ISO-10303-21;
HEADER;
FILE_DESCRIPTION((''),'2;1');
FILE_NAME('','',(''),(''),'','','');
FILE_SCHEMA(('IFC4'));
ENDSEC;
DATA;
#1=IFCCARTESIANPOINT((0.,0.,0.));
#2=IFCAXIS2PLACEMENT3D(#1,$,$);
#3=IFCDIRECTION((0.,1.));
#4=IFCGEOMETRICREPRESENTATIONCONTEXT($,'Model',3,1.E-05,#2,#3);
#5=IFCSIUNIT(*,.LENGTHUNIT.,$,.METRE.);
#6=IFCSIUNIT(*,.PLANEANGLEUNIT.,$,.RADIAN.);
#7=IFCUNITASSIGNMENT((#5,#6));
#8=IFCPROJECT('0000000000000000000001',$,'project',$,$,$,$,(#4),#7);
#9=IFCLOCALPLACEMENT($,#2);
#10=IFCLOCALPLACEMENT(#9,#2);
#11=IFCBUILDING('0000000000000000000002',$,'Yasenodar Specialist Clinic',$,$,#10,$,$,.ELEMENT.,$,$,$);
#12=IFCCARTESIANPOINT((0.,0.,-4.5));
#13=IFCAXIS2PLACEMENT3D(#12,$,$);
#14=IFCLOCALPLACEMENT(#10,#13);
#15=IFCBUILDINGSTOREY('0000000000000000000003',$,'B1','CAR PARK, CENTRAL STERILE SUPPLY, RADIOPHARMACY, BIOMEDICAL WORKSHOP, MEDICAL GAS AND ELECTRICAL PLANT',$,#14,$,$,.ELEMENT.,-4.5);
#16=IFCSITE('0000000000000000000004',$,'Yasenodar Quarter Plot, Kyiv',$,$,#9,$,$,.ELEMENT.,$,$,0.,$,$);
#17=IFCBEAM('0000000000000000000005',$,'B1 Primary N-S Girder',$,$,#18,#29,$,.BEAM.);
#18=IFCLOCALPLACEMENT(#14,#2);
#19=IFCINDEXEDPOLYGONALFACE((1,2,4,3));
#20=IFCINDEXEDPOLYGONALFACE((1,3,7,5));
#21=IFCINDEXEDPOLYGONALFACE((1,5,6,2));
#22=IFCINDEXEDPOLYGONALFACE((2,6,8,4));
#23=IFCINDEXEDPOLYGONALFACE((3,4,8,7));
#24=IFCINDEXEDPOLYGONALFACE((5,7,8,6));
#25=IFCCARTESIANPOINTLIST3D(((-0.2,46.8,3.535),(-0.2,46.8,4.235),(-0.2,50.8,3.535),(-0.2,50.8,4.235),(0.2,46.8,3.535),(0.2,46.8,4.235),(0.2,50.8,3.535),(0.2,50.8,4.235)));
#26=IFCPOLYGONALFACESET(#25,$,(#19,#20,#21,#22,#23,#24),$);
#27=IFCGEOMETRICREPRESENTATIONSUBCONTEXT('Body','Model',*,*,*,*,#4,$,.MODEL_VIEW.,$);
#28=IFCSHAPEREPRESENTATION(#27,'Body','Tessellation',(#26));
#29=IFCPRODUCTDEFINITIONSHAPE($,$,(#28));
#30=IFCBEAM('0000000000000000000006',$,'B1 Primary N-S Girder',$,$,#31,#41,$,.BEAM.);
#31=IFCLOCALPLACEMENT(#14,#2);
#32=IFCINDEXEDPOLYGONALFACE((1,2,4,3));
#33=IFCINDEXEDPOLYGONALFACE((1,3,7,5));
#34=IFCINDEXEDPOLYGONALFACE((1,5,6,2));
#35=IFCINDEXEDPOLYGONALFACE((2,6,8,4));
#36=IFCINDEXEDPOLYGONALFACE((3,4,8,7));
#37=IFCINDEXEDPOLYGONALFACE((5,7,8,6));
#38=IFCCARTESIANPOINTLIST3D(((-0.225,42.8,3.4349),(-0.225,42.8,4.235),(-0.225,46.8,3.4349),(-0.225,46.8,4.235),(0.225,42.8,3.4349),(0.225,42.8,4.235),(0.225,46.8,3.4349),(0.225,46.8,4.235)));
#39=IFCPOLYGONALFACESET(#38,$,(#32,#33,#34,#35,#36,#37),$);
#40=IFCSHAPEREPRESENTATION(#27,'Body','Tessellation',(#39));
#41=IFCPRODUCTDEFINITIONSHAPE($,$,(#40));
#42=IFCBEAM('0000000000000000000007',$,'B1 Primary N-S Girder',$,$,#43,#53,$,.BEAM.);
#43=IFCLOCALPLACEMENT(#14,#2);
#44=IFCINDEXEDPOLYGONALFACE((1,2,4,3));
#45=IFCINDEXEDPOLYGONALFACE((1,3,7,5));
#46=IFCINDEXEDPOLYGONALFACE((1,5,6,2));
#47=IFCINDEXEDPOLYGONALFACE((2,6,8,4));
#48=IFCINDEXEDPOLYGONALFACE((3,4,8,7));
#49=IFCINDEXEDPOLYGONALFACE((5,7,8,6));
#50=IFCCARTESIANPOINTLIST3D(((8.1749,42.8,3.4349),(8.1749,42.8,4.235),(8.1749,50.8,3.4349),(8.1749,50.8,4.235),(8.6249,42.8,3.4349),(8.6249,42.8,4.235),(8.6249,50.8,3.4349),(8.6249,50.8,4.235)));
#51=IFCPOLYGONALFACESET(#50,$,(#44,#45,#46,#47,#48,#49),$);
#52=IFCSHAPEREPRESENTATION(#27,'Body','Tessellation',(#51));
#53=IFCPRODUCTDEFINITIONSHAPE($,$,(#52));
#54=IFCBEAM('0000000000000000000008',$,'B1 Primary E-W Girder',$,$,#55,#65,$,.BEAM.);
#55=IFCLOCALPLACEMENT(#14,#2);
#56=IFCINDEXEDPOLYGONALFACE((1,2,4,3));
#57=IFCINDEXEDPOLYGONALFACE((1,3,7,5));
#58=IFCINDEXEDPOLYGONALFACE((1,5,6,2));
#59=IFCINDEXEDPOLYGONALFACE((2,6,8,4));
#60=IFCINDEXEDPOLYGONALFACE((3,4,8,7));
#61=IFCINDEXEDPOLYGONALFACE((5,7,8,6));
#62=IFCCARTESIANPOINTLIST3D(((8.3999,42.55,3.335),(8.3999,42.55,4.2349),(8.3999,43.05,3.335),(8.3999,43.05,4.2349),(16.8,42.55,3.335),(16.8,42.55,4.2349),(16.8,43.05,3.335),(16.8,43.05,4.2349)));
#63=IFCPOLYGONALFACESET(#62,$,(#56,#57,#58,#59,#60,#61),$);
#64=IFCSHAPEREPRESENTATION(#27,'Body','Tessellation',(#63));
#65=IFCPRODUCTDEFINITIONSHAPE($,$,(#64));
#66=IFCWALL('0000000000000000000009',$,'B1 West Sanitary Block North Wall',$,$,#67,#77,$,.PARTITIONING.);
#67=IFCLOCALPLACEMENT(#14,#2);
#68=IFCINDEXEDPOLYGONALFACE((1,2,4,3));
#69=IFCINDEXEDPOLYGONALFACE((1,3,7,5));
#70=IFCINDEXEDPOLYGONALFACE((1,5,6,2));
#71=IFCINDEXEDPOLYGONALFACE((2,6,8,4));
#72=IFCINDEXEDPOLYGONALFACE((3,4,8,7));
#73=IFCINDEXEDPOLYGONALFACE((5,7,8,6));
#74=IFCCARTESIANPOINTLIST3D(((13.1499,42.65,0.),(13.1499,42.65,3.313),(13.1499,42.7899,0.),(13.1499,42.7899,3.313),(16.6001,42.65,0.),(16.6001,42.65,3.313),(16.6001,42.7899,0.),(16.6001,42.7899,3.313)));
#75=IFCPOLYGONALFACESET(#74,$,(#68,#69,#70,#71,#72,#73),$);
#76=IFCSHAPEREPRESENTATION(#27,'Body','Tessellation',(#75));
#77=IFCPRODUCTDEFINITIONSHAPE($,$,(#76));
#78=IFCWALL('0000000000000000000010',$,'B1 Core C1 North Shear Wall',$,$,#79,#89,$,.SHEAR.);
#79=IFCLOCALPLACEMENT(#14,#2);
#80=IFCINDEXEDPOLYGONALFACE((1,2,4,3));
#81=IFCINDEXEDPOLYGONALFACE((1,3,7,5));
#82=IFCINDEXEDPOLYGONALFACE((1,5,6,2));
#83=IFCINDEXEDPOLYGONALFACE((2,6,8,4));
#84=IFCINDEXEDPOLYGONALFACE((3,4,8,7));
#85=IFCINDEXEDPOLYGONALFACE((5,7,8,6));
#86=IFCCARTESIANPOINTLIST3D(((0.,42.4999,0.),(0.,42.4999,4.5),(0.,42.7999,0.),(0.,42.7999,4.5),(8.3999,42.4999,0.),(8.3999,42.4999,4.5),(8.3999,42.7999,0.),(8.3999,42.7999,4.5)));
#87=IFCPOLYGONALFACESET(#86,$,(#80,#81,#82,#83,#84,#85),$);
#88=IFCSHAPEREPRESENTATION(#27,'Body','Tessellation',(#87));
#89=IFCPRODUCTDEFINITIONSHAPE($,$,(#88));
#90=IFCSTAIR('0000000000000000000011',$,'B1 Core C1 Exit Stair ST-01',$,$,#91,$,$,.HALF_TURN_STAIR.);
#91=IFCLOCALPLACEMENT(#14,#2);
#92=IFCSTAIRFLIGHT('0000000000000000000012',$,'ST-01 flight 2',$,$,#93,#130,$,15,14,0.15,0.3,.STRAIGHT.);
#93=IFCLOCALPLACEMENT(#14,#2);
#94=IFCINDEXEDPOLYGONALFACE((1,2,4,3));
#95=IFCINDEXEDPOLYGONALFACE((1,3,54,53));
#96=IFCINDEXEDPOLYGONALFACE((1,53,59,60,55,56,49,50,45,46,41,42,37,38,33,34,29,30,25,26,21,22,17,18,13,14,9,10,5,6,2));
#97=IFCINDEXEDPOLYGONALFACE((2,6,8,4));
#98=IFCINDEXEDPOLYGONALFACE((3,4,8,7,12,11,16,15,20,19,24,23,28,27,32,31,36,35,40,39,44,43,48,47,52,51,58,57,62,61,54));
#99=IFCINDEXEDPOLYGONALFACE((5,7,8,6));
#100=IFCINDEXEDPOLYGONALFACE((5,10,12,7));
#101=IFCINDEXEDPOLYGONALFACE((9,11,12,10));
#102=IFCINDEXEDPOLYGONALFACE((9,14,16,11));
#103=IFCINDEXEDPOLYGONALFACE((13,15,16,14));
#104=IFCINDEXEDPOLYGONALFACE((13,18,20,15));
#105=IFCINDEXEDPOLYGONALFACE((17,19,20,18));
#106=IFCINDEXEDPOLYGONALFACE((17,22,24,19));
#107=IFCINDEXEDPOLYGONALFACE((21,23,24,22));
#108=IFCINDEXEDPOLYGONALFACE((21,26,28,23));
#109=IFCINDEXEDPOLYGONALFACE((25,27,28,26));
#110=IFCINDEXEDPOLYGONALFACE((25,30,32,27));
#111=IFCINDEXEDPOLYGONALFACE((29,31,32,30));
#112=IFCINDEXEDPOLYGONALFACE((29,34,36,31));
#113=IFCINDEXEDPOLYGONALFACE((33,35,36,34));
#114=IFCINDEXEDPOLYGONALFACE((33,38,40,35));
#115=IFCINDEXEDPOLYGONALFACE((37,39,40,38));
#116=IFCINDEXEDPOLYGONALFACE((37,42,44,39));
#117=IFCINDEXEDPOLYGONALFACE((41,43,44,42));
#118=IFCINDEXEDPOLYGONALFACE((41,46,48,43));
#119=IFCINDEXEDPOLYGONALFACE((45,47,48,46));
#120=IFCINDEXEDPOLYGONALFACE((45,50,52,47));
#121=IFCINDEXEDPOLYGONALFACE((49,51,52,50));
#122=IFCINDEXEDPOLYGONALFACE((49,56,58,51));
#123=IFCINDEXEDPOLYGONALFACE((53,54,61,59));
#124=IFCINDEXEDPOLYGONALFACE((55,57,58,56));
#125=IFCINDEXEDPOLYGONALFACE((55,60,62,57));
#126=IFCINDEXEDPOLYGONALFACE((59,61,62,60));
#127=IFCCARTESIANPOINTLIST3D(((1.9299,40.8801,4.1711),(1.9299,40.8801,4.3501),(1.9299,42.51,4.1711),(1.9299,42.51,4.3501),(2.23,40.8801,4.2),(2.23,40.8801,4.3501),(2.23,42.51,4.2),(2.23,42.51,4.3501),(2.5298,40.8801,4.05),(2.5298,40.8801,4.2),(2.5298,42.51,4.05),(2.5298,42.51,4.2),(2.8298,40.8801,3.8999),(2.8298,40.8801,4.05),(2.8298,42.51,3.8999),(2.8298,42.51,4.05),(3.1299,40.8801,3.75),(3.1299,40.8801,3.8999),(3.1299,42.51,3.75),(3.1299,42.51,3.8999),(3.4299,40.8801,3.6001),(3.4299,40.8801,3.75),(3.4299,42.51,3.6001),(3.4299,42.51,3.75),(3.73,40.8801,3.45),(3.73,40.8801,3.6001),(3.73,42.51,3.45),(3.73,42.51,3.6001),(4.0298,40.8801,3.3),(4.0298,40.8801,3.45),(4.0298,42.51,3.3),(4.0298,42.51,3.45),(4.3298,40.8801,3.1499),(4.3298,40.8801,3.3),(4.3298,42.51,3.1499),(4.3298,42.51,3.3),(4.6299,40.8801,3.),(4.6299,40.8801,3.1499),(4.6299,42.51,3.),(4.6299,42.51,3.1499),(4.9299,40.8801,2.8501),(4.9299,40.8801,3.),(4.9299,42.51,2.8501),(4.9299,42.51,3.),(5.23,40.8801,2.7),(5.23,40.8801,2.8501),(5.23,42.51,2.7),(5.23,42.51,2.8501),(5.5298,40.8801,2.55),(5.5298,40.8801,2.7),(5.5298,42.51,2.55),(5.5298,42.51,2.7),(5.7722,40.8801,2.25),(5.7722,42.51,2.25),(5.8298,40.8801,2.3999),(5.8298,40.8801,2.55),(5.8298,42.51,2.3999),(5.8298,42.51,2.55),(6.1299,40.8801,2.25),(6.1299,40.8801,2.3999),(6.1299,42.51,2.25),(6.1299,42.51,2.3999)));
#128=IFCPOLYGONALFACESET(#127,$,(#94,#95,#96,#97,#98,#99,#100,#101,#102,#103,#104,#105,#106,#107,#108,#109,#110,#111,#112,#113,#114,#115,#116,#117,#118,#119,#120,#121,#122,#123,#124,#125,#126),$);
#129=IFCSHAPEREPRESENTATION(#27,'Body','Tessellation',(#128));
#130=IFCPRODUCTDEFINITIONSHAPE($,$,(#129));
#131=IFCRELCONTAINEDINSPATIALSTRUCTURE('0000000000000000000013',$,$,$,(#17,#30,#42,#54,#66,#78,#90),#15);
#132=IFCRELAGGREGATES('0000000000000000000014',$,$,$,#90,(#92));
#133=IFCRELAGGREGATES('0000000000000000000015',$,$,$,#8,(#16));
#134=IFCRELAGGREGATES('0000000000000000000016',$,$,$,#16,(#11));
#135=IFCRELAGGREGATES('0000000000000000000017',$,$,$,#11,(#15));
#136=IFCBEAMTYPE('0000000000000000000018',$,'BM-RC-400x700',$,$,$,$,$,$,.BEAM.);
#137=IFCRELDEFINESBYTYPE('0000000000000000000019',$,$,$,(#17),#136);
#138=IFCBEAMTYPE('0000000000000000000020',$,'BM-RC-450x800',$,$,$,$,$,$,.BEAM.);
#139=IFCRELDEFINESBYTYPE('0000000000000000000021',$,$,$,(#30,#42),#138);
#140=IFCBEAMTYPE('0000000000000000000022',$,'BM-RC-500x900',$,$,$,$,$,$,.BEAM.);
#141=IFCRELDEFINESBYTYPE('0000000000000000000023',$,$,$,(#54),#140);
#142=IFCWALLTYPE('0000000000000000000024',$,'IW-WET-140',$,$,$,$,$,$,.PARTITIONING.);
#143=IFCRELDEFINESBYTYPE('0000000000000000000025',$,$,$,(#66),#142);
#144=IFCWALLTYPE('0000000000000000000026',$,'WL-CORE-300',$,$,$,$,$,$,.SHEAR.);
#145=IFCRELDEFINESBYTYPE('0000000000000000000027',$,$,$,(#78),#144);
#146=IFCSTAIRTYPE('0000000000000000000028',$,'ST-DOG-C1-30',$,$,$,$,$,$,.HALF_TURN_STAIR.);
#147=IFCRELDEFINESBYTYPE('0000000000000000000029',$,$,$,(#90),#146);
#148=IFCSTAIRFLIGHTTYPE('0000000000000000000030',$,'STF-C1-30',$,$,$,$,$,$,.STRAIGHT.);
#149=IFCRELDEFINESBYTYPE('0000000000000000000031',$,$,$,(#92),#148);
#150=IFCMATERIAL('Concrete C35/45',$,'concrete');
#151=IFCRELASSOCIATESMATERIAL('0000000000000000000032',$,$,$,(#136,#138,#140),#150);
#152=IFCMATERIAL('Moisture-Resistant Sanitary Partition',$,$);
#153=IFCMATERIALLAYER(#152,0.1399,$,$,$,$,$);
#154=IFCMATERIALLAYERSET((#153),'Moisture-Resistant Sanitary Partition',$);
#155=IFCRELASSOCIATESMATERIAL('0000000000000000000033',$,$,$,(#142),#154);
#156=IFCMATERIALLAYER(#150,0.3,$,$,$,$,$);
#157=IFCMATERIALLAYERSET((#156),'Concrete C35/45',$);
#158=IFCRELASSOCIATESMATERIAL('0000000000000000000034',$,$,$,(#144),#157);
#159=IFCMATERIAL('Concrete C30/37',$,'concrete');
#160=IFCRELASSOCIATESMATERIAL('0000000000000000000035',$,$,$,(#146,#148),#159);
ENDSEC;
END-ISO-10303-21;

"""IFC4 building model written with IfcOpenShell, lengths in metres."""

from ifc_helpers import new_model, si_unit, direction, frame, frame_2d, origin, origin_2d, place, context, subcontext, project, spatial, polyline, rectangle, outline, extrude, material, layer, layer_set, material_profile, profile_set, type_object, element, aggregate, save


model = new_model("IFC4")

# Units and contexts
model_context = context("Model", 3, precision=1e-05, world=origin(), true_north=direction((0.0, 1.0)))
body_context = subcontext(model_context, "Body", "Model", "MODEL_VIEW")
ifc_project = project(units=[si_unit("LENGTHUNIT", "METRE"), si_unit("PLANEANGLEUNIT", "RADIAN")], contexts=[model_context])

# Site, building, storey
site_placement = place(None, origin())
site = spatial("IfcSite", under=ifc_project, at=site_placement, Name="Yasenodar Quarter Plot, Kyiv", CompositionType="ELEMENT", RefElevation=0.0)
building_placement = place(site_placement, origin())
building = spatial("IfcBuilding", under=site, at=building_placement, Name="Yasenodar Specialist Clinic", CompositionType="ELEMENT")
storey_placement = place(building_placement, frame((0.0, 0.0, -4.5)))
storey = spatial("IfcBuildingStorey", under=building, at=storey_placement, Name="B1", Description="CAR PARK, CENTRAL STERILE SUPPLY, RADIOPHARMACY, BIOMEDICAL WORKSHOP, MEDICAL GAS AND ELECTRICAL PLANT", CompositionType="ELEMENT", Elevation=-4.5)

# Shared definitions
ifc_material_1 = material(Name="Concrete C35/45", Category="concrete")

# Shared definitions
ifc_material_2 = material(Name="Concrete C30/37", Category="concrete")

# Beams
ifc_material_profile_1 = material_profile(ifc_material_1, rectangle(XDim=0.3999, YDim=0.7, at=origin_2d()), Name="RC 400x700")
ifc_profile_set_1 = profile_set([ifc_material_profile_1], Name="Concrete C35/45")
beam_type_1 = type_object("IfcBeamType", Name="BM-RC-400x700", PredefinedType="BEAM", material=ifc_profile_set_1)
beam_1_placement = place(storey_placement, frame((0.0, 46.8, 3.885), z_axis=(0.0, 1.0, 0.0), x_axis=(-1.0, 0.0, 0.0)))
element("IfcBeam", 1, at=beam_1_placement, inside=storey, type_object=beam_type_1, Name="B1 Primary N-S Girder", PredefinedType="BEAM", context=body_context, shape_type="SweptSolid", body=[
    extrude(rectangle(XDim=0.3999, YDim=0.7, at=origin_2d()), origin(), (0.0, 0.0, 1.0), 4.0),
])
ifc_material_profile_2 = material_profile(ifc_material_1, rectangle(XDim=0.45, YDim=0.8, at=origin_2d()), Name="RC 450x800")
ifc_profile_set_2 = profile_set([ifc_material_profile_2], Name="Concrete C35/45")
beam_type_2 = type_object("IfcBeamType", Name="BM-RC-450x800", PredefinedType="BEAM", material=ifc_profile_set_2)
beam_2_placement = place(storey_placement, frame((0.0, 42.8, 3.835), z_axis=(0.0, 1.0, 0.0), x_axis=(-1.0, 0.0, 0.0)))
element("IfcBeam", 2, at=beam_2_placement, inside=storey, type_object=beam_type_2, Name="B1 Primary N-S Girder", PredefinedType="BEAM", context=body_context, shape_type="SweptSolid", body=[
    extrude(rectangle(XDim=0.45, YDim=0.8, at=origin_2d()), origin(), (0.0, 0.0, 1.0), 4.0),
])
beam_3_placement = place(storey_placement, frame((8.3999, 42.8, 3.835), z_axis=(0.0, 1.0, 0.0), x_axis=(-1.0, 0.0, 0.0)))
element("IfcBeam", 3, at=beam_3_placement, inside=storey, type_object=beam_type_2, Name="B1 Primary N-S Girder", PredefinedType="BEAM", context=body_context, shape_type="SweptSolid", body=[
    extrude(rectangle(XDim=0.45, YDim=0.8, at=origin_2d()), origin(), (0.0, 0.0, 1.0), 8.0),
])
ifc_material_profile_3 = material_profile(ifc_material_1, rectangle(XDim=0.5, YDim=0.8999, at=origin_2d()), Name="RC 500x900")
ifc_profile_set_3 = profile_set([ifc_material_profile_3], Name="Concrete C35/45")
beam_type_3 = type_object("IfcBeamType", Name="BM-RC-500x900", PredefinedType="BEAM", material=ifc_profile_set_3)
beam_4_placement = place(storey_placement, frame((8.3999, 42.8, 3.7849), z_axis=(1.0, 0.0, 0.0), x_axis=(0.0, 1.0, 0.0)))
element("IfcBeam", 4, at=beam_4_placement, inside=storey, type_object=beam_type_3, Name="B1 Primary E-W Girder", PredefinedType="BEAM", context=body_context, shape_type="SweptSolid", body=[
    extrude(rectangle(XDim=0.5, YDim=0.8999, at=origin_2d()), origin(), (0.0, 0.0, 1.0), 8.4001),
])

# Walls
ifc_material_3 = material(Name="Moisture-Resistant Sanitary Partition")
ifc_layer_1 = layer(ifc_material_3, 0.1399)
ifc_layer_set_1 = layer_set([ifc_layer_1], Name="Moisture-Resistant Sanitary Partition")
wall_type_1 = type_object("IfcWallType", Name="IW-WET-140", PredefinedType="PARTITIONING", material=ifc_layer_set_1)
wall_1_placement = place(storey_placement, frame((13.1499, 42.72, 0.0), z_axis=(0.0, 0.0, 1.0), x_axis=(1.0, 0.0, 0.0)))
element("IfcWall", 5, at=wall_1_placement, inside=storey, type_object=wall_type_1, Name="B1 West Sanitary Block North Wall", PredefinedType="PARTITIONING", context=body_context, shape_type="SweptSolid", body=[
    extrude(rectangle(XDim=3.4502, YDim=0.1399, at=frame_2d((1.7251, 0.0))), origin(), (0.0, 0.0, 1.0), 3.313),
])
ifc_layer_2 = layer(ifc_material_1, 0.3)
ifc_layer_set_2 = layer_set([ifc_layer_2], Name="Concrete C35/45")
wall_type_2 = type_object("IfcWallType", Name="WL-CORE-300", PredefinedType="SHEAR", material=ifc_layer_set_2)
wall_2_placement = place(storey_placement, frame((0.0, 42.6499, 0.0), z_axis=(0.0, 0.0, 1.0), x_axis=(1.0, 0.0, 0.0)))
element("IfcWall", 6, at=wall_2_placement, inside=storey, type_object=wall_type_2, Name="B1 Core C1 North Shear Wall", PredefinedType="SHEAR", context=body_context, shape_type="SweptSolid", body=[
    extrude(rectangle(XDim=8.3999, YDim=0.3, at=frame_2d((4.2, 0.0))), origin(), (0.0, 0.0, 1.0), 4.5),
])

# Stair, stair flight
stair_type = type_object("IfcStairType", Name="ST-DOG-C1-30", PredefinedType="HALF_TURN_STAIR", material=ifc_material_2)
stair_placement = place(storey_placement, origin())
stair = element("IfcStair", 7, at=stair_placement, inside=storey, type_object=stair_type, Name="B1 Core C1 Exit Stair ST-01", PredefinedType="HALF_TURN_STAIR")
stair_flight_type = type_object("IfcStairFlightType", Name="STF-C1-30", PredefinedType="STRAIGHT", material=ifc_material_2)
stair_flight_placement = place(storey_placement, frame((6.1299, 41.6951, 2.25), z_axis=(0.0, 0.0, 1.0), x_axis=(-1.0, 0.0, 0.0)))
stair_flight = element("IfcStairFlight", 8, at=stair_flight_placement, type_object=stair_flight_type, Name="ST-01 flight 2", NumberOfRisers=15, NumberOfTreads=14, PredefinedType="STRAIGHT", RiserHeight=0.15, TreadLength=0.3, context=body_context, shape_type="SweptSolid", body=[
    extrude(outline(polyline([(0.0, 0.0), (0.0, 0.1499), (0.3, 0.1499), (0.3, 0.3), (0.6001, 0.3), (0.6001, 0.45), (0.8999, 0.45), (0.8999, 0.6001), (1.2, 0.6001), (1.2, 0.75), (1.5, 0.75), (1.5, 0.8999), (1.8, 0.8999), (1.8, 1.05), (2.1001, 1.05), (2.1001, 1.2), (2.3999, 1.2), (2.3999, 1.3501), (2.7, 1.3501), (2.7, 1.5), (3.0, 1.5), (3.0, 1.6499), (3.3, 1.6499), (3.3, 1.8), (3.6001, 1.8), (3.6001, 1.95), (3.8999, 1.95), (3.8999, 2.1001), (4.2, 2.1001), (4.2, 2.25), (4.2, 1.9211), (0.3577, 0.0), (0.0, 0.0)])), frame((0.0, 0.8149, 0.0), z_axis=(0.0, -1.0, 0.0), x_axis=(1.0, 0.0, 0.0)), (0.0, 0.0, 1.0), 1.6299),
])
aggregate(stair, [stair_flight])

save(model, "model.ifc")
